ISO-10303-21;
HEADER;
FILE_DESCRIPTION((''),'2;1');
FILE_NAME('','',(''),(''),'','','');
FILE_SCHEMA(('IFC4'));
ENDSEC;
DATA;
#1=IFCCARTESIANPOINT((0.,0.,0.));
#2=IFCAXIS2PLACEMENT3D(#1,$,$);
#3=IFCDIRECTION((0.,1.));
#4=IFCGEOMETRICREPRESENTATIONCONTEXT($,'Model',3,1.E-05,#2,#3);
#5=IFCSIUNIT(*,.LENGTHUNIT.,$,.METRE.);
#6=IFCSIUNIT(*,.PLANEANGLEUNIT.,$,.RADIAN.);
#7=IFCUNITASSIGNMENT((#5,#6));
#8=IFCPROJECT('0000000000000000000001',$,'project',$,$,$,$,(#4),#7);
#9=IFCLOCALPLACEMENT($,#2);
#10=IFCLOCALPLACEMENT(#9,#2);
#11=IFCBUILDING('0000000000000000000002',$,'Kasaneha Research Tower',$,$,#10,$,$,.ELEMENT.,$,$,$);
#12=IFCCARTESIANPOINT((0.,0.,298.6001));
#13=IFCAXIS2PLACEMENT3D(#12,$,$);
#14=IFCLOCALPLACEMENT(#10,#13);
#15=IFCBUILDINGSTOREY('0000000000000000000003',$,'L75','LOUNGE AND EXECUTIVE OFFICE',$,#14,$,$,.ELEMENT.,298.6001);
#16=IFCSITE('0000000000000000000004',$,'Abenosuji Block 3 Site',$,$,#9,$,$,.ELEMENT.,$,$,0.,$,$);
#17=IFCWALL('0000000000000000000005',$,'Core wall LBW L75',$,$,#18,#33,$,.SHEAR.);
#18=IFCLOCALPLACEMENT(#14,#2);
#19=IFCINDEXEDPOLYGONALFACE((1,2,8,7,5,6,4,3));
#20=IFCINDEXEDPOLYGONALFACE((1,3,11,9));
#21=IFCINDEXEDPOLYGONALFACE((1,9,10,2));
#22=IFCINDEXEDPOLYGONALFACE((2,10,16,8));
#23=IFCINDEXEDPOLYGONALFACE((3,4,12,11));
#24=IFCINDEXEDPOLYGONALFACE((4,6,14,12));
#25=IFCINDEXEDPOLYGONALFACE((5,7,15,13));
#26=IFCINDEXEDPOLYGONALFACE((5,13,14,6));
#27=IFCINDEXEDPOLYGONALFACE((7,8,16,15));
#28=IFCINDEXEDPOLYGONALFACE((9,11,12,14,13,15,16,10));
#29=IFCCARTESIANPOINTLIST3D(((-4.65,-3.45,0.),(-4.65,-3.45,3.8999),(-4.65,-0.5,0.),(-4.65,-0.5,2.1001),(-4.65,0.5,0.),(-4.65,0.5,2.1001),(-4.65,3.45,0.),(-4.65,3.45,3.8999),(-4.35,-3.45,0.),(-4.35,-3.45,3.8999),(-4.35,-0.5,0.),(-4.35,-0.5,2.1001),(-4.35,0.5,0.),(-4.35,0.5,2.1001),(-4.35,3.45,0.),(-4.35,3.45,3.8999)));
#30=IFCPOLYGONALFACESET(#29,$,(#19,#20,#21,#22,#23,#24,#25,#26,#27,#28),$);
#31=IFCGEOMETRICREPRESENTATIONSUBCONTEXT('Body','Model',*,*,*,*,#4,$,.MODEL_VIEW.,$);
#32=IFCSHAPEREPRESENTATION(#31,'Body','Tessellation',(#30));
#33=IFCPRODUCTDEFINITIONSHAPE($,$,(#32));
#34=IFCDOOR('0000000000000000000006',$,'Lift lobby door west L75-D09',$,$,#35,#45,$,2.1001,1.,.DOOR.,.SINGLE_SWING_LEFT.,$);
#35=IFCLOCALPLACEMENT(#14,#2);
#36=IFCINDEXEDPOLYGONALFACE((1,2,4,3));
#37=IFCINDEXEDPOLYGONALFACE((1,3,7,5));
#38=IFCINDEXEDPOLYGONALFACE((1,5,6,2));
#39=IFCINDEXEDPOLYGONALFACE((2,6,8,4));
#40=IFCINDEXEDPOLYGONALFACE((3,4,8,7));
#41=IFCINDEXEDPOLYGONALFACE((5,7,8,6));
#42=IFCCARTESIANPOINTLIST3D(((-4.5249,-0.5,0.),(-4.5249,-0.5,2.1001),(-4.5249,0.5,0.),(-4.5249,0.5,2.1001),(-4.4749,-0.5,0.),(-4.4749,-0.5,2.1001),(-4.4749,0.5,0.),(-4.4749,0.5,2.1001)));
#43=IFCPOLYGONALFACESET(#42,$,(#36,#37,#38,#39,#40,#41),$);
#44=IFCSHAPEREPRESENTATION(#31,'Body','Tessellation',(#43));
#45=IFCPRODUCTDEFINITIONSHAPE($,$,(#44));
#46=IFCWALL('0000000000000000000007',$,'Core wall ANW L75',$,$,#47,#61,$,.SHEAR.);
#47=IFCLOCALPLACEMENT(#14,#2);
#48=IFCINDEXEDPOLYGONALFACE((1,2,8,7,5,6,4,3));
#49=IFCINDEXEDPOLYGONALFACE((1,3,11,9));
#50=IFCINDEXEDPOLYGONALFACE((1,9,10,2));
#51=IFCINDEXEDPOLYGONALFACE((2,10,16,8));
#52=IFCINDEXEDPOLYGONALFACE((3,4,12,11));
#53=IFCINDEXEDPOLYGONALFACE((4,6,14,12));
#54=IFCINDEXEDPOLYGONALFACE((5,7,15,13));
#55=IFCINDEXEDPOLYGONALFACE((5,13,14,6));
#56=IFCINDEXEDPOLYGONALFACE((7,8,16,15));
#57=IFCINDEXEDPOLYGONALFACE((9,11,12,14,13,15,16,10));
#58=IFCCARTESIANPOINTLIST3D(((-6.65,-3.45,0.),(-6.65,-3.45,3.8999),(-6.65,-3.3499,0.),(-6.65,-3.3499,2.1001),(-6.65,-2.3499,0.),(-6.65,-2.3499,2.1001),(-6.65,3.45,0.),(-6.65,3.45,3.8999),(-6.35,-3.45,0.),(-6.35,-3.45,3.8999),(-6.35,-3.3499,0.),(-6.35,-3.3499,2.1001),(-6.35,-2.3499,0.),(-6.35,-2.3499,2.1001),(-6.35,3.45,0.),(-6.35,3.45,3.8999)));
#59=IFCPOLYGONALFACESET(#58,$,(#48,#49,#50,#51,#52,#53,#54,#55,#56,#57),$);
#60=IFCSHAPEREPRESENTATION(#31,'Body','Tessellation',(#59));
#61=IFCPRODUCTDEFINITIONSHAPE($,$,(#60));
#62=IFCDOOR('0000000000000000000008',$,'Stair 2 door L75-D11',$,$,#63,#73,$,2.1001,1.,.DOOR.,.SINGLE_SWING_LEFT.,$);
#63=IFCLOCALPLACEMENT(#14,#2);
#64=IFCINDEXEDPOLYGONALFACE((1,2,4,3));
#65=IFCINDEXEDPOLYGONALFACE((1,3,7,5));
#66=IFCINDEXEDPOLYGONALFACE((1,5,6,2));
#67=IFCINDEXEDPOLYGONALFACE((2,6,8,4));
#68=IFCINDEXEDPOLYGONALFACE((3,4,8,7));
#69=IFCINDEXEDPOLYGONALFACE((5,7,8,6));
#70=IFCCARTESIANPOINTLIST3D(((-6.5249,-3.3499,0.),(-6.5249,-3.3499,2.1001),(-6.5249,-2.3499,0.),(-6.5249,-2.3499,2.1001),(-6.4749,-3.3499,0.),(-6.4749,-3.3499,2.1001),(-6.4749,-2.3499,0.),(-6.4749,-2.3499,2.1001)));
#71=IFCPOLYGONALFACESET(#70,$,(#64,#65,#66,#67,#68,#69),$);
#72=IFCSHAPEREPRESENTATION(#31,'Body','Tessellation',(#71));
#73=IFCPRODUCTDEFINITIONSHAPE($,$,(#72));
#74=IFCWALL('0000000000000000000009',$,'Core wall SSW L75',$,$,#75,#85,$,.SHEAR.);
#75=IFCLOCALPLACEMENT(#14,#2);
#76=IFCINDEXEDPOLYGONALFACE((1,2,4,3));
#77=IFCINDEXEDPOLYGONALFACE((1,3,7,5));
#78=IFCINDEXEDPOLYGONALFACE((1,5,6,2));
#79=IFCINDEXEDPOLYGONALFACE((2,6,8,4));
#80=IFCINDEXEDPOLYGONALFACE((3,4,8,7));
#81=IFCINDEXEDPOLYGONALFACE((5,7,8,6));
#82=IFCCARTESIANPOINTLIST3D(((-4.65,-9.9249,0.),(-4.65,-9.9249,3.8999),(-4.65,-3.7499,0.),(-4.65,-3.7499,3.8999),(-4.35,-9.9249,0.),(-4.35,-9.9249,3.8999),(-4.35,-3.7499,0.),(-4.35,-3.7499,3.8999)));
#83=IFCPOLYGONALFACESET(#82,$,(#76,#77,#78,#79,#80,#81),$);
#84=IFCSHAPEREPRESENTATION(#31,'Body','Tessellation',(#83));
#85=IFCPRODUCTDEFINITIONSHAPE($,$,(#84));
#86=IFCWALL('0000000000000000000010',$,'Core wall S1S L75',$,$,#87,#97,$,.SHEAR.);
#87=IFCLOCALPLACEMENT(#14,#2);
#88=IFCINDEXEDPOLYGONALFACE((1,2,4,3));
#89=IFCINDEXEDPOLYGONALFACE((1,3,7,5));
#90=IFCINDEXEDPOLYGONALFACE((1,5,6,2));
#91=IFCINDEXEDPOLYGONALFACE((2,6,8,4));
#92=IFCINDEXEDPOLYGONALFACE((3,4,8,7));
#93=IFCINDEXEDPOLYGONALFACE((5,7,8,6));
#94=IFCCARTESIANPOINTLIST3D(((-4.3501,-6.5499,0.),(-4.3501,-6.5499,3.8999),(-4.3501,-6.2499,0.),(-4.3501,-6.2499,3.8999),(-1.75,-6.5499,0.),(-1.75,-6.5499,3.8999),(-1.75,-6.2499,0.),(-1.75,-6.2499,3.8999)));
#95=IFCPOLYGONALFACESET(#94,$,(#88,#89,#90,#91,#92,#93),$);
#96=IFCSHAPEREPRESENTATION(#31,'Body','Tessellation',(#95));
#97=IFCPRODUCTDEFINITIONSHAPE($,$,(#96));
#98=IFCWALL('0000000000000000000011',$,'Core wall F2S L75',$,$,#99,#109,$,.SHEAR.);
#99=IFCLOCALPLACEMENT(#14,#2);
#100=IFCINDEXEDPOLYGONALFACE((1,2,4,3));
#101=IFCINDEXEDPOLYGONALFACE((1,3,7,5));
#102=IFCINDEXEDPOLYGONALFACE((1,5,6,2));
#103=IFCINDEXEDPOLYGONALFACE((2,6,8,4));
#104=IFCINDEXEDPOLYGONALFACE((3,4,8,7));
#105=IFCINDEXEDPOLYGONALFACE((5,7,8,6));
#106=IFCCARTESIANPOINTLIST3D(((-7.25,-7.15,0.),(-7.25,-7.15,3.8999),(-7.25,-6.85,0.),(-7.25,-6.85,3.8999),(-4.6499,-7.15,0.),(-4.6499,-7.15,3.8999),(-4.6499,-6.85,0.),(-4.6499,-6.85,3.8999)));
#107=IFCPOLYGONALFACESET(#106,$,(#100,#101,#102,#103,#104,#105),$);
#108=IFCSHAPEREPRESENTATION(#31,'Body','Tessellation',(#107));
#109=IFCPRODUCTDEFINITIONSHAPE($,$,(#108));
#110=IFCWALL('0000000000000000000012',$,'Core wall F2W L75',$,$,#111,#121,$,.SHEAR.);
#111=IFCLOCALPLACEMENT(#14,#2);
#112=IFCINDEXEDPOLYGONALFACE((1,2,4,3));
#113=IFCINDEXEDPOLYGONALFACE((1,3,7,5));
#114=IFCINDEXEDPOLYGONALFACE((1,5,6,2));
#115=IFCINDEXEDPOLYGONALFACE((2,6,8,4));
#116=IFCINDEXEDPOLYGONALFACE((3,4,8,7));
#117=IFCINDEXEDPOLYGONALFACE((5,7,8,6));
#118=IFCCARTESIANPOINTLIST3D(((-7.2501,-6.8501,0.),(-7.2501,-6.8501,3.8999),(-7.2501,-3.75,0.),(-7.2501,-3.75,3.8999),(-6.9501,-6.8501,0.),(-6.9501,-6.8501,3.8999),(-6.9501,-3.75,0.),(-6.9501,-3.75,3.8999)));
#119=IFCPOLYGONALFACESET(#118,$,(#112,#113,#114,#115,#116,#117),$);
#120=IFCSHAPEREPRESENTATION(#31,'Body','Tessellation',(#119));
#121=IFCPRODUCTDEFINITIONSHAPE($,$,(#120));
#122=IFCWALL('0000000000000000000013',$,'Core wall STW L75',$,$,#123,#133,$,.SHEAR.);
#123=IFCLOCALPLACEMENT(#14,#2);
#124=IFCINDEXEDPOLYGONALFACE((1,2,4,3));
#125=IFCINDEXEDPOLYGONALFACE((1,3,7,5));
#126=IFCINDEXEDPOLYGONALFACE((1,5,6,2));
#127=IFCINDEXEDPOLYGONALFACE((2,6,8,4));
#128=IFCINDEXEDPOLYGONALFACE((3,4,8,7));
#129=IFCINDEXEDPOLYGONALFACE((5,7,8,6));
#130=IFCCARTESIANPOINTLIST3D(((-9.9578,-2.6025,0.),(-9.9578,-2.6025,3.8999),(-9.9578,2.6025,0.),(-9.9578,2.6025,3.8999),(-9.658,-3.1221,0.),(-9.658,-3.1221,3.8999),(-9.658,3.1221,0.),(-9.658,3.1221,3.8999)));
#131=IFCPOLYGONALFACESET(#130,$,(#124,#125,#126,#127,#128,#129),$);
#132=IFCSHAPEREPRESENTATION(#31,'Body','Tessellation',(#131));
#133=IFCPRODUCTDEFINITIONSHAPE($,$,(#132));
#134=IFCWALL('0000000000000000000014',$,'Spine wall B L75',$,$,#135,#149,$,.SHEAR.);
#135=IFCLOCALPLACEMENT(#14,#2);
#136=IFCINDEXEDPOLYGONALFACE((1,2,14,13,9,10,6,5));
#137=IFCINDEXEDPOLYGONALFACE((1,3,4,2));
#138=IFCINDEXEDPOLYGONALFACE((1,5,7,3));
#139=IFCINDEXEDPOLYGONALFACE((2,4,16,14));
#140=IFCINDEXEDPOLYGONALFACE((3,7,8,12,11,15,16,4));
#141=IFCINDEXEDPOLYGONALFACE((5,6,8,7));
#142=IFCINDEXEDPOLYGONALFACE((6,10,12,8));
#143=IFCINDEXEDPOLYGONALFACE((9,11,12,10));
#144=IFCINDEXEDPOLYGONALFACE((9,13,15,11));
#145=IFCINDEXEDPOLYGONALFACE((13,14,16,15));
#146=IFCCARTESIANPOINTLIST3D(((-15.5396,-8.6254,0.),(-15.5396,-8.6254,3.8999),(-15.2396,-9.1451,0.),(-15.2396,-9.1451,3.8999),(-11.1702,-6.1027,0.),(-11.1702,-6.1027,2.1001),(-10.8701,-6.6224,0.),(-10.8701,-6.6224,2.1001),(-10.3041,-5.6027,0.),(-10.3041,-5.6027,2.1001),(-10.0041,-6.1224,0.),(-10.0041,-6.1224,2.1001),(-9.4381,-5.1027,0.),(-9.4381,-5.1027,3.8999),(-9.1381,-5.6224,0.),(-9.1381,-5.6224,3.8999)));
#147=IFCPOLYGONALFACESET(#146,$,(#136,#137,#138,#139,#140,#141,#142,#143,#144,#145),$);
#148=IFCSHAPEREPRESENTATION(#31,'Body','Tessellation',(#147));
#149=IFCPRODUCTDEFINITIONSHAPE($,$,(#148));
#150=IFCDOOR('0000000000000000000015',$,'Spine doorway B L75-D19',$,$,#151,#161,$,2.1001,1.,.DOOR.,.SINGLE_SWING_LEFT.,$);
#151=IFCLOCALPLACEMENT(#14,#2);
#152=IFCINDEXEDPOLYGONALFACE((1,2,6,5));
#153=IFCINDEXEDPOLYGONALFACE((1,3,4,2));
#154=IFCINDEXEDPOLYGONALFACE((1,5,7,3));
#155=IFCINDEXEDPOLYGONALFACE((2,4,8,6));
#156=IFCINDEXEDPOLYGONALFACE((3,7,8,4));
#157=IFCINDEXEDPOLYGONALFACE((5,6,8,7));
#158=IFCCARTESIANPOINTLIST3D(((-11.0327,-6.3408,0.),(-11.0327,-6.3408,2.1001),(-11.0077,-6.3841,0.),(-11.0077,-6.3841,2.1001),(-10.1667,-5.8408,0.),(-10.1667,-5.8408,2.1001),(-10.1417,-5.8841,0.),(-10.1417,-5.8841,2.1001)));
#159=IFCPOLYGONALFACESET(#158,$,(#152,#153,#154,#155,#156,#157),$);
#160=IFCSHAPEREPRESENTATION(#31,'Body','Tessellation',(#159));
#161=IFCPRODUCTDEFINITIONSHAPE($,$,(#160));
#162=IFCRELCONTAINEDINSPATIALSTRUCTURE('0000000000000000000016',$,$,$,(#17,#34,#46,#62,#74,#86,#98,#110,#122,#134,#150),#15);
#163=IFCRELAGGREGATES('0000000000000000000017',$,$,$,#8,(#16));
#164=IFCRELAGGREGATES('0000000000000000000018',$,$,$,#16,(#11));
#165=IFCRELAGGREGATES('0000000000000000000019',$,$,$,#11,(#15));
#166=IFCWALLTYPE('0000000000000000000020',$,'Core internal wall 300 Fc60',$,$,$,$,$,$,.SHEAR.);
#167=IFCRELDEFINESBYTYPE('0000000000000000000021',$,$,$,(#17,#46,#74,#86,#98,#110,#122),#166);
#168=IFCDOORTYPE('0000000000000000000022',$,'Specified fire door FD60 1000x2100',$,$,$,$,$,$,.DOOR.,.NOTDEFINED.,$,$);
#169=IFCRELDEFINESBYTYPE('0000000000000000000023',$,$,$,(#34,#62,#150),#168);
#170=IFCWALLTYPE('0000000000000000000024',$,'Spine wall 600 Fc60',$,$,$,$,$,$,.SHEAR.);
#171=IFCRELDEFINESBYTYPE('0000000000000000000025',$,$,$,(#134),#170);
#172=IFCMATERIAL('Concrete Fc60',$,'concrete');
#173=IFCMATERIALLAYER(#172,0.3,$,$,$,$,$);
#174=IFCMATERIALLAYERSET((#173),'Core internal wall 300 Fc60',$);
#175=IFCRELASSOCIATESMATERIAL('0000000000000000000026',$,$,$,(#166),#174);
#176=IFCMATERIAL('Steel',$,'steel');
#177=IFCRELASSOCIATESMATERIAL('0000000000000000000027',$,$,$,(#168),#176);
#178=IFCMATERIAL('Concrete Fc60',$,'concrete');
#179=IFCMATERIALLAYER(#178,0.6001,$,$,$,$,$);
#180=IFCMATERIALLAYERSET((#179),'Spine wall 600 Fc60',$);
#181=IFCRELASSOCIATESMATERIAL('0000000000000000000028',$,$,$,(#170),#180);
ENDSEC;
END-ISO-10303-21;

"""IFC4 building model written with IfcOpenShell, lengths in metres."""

from ifc_helpers import new_model, si_unit, direction, frame, frame_2d, origin, place, context, subcontext, project, spatial, polyline, rectangle, outline, extrude, material, layer, layer_set, type_object, element, fill, save


model = new_model("IFC4")

# Units and contexts
model_context = context("Model", 3, precision=1e-05, world=origin(), true_north=direction((0.0, 1.0)))
body_context = subcontext(model_context, "Body", "Model", "MODEL_VIEW")
ifc_project = project(units=[si_unit("LENGTHUNIT", "METRE"), si_unit("PLANEANGLEUNIT", "RADIAN")], contexts=[model_context])

# Site, building, storey
site_placement = place(None, origin())
site = spatial("IfcSite", under=ifc_project, at=site_placement, Name="Abenosuji Block 3 Site", CompositionType="ELEMENT", RefElevation=0.0)
building_placement = place(site_placement, origin())
building = spatial("IfcBuilding", under=site, at=building_placement, Name="Kasaneha Research Tower", CompositionType="ELEMENT")
storey_placement = place(building_placement, frame((0.0, 0.0, 298.6001)))
storey = spatial("IfcBuildingStorey", under=building, at=storey_placement, Name="L75", Description="LOUNGE AND EXECUTIVE OFFICE", CompositionType="ELEMENT", Elevation=298.6001)

# Shared definitions
ifc_material_1 = material(Name="Concrete Fc60", Category="concrete")
ifc_layer_1 = layer(ifc_material_1, 0.3)
ifc_layer_set_1 = layer_set([ifc_layer_1], Name="Core internal wall 300 Fc60")
wall_type_1 = type_object("IfcWallType", Name="Core internal wall 300 Fc60", PredefinedType="SHEAR", material=ifc_layer_set_1)

# Walls, openings, doors
wall_1_placement = place(storey_placement, frame((-4.5, -3.45, 0.0), z_axis=(0.0, 0.0, 1.0), x_axis=(0.0, 1.0, 0.0)))
wall_1 = element("IfcWall", 1, at=wall_1_placement, inside=storey, type_object=wall_type_1, Name="Core wall LBW L75", PredefinedType="SHEAR", context=body_context, shape_type="SweptSolid", body=[
    extrude(rectangle(XDim=6.8999, YDim=0.3, at=frame_2d((3.45, 0.0))), origin(), (0.0, 0.0, 1.0), 3.8999),
])
opening_1_placement = place(wall_1_placement, frame((2.95, 0.0, 0.0)))
opening_1 = element("IfcOpeningElement", 2, at=opening_1_placement, cuts=wall_1, PredefinedType="OPENING", context=body_context, shape_type="SweptSolid", body=[
    extrude(rectangle(XDim=1.0, YDim=2.1001, at=frame_2d((0.5, 1.05))), frame((0.0, 0.1602, 0.0), z_axis=(0.0, -1.0, 0.0), x_axis=(1.0, 0.0, 0.0)), (0.0, 0.0, 1.0), 0.3201),
])
ifc_material_2 = material(Name="Steel", Category="steel")
door_type_1 = type_object("IfcDoorType", Name="Specified fire door FD60 1000x2100", OperationType="NOTDEFINED", PredefinedType="DOOR", material=ifc_material_2)
door_1_placement = place(opening_1_placement, origin())
door_1 = element("IfcDoor", 3, at=door_1_placement, inside=storey, type_object=door_type_1, Name="Lift lobby door west L75-D09", OperationType="SINGLE_SWING_LEFT", OverallHeight=2.1001, OverallWidth=1.0, PredefinedType="DOOR", context=body_context, shape_type="SweptSolid", body=[
    extrude(rectangle(XDim=1.0, YDim=2.1001, at=frame_2d((0.5, 1.05))), frame((0.0, 0.0249, 0.0), z_axis=(0.0, -1.0, 0.0), x_axis=(1.0, 0.0, 0.0)), (0.0, 0.0, 1.0), 0.05),
])
fill(opening_1, door_1)
wall_2_placement = place(storey_placement, frame((-6.5, -3.45, 0.0), z_axis=(0.0, 0.0, 1.0), x_axis=(0.0, 1.0, 0.0)))
wall_2 = element("IfcWall", 4, at=wall_2_placement, inside=storey, type_object=wall_type_1, Name="Core wall ANW L75", PredefinedType="SHEAR", context=body_context, shape_type="SweptSolid", body=[
    extrude(rectangle(XDim=6.8999, YDim=0.3, at=frame_2d((3.45, 0.0))), origin(), (0.0, 0.0, 1.0), 3.8999),
])
opening_2_placement = place(wall_2_placement, frame((0.1001, 0.0, 0.0)))
opening_2 = element("IfcOpeningElement", 5, at=opening_2_placement, cuts=wall_2, PredefinedType="OPENING", context=body_context, shape_type="SweptSolid", body=[
    extrude(rectangle(XDim=1.0, YDim=2.1001, at=frame_2d((0.5, 1.05))), frame((0.0, 0.1602, 0.0), z_axis=(0.0, -1.0, 0.0), x_axis=(1.0, 0.0, 0.0)), (0.0, 0.0, 1.0), 0.3201),
])
door_2_placement = place(opening_2_placement, origin())
door_2 = element("IfcDoor", 6, at=door_2_placement, inside=storey, type_object=door_type_1, Name="Stair 2 door L75-D11", OperationType="SINGLE_SWING_LEFT", OverallHeight=2.1001, OverallWidth=1.0, PredefinedType="DOOR", context=body_context, shape_type="SweptSolid", body=[
    extrude(rectangle(XDim=1.0, YDim=2.1001, at=frame_2d((0.5, 1.05))), frame((0.0, 0.0249, 0.0), z_axis=(0.0, -1.0, 0.0), x_axis=(1.0, 0.0, 0.0)), (0.0, 0.0, 1.0), 0.05),
])
fill(opening_2, door_2)

# Walls
wall_3_placement = place(storey_placement, frame((-4.5, -3.75, 0.0), z_axis=(0.0, 0.0, 1.0), x_axis=(0.0, -1.0, 0.0)))
element("IfcWall", 7, at=wall_3_placement, inside=storey, type_object=wall_type_1, Name="Core wall SSW L75", PredefinedType="SHEAR", context=body_context, shape_type="SweptSolid", body=[
    extrude(rectangle(XDim=6.175, YDim=0.3, at=frame_2d((3.0874, 0.0))), origin(), (0.0, 0.0, 1.0), 3.8999),
])
for number, where, z_axis, x_axis, name in (
    (8, (-4.3501, -6.3999, 0.0), (0.0, 0.0, 1.0), (1.0, 0.0, 0.0), "Core wall S1S L75"),
    (9, (-7.25, -7.0, 0.0), (0.0, 0.0, 1.0), (1.0, 0.0, 0.0), "Core wall F2S L75"),
):
    element("IfcWall", number, at=place(storey_placement, frame(where, z_axis=z_axis, x_axis=x_axis)), inside=storey, type_object=wall_type_1, Name=name, PredefinedType="SHEAR", context=body_context, shape_type="SweptSolid", body=[
        extrude(rectangle(XDim=2.6001, YDim=0.3, at=frame_2d((1.3, 0.0))), origin(), (0.0, 0.0, 1.0), 3.8999),
    ])
wall_4_placement = place(storey_placement, frame((-7.1001, -3.75, 0.0), z_axis=(0.0, 0.0, 1.0), x_axis=(0.0, -1.0, 0.0)))
element("IfcWall", 10, at=wall_4_placement, inside=storey, type_object=wall_type_1, Name="Core wall F2W L75", PredefinedType="SHEAR", context=body_context, shape_type="SweptSolid", body=[
    extrude(rectangle(XDim=3.1001, YDim=0.3, at=frame_2d((1.55, 0.0))), origin(), (0.0, 0.0, 1.0), 3.8999),
])
wall_5_placement = place(storey_placement, frame((-9.8079, -2.8623, 0.0), z_axis=(0.0, 0.0, 1.0), x_axis=(0.0, 1.0, 0.0)))
element("IfcWall", 11, at=wall_5_placement, inside=storey, type_object=wall_type_1, Name="Core wall STW L75", PredefinedType="SHEAR", context=body_context, shape_type="SweptSolid", body=[
    extrude(outline(polyline([(-0.2598, -0.1499), (5.9844, -0.1499), (5.4648, 0.1499), (0.2598, 0.1499), (-0.2598, -0.1499)])), origin(), (0.0, 0.0, 1.0), 3.8999),
])

# Wall, opening, door
ifc_material_3 = material(Name="Concrete Fc60", Category="concrete")
ifc_layer_2 = layer(ifc_material_3, 0.6001)
ifc_layer_set_2 = layer_set([ifc_layer_2], Name="Spine wall 600 Fc60")
wall_type_2 = type_object("IfcWallType", Name="Spine wall 600 Fc60", PredefinedType="SHEAR", material=ifc_layer_set_2)
wall_6_placement = place(storey_placement, frame((-9.2881, -5.3625, 0.0), z_axis=(0.0, 0.0, 1.0), x_axis=(-0.866027, -0.499996, 0.0)))
wall_6 = element("IfcWall", 12, at=wall_6_placement, inside=storey, type_object=wall_type_2, Name="Spine wall B L75", PredefinedType="SHEAR", context=body_context, shape_type="SweptSolid", body=[
    extrude(rectangle(XDim=7.0454, YDim=0.6001, at=frame_2d((3.5227, 0.0))), origin(), (0.0, 0.0, 1.0), 3.8999),
])
opening_3_placement = place(wall_6_placement, frame((1.0, 0.0, 0.0)))
opening_3 = element("IfcOpeningElement", 13, at=opening_3_placement, cuts=wall_6, PredefinedType="OPENING", context=body_context, shape_type="SweptSolid", body=[
    extrude(rectangle(XDim=1.0, YDim=2.1001, at=frame_2d((0.5, 1.05))), frame((0.0, 0.3101, 0.0), z_axis=(0.0, -1.0, 0.0), x_axis=(1.0, 0.0, 0.0)), (0.0, 0.0, 1.0), 0.6201),
])
door_3_placement = place(opening_3_placement, origin())
door_3 = element("IfcDoor", 14, at=door_3_placement, inside=storey, type_object=door_type_1, Name="Spine doorway B L75-D19", OperationType="SINGLE_SWING_LEFT", OverallHeight=2.1001, OverallWidth=1.0, PredefinedType="DOOR", context=body_context, shape_type="SweptSolid", body=[
    extrude(rectangle(XDim=1.0, YDim=2.1001, at=frame_2d((0.5, 1.05))), frame((0.0, 0.0249, 0.0), z_axis=(0.0, -1.0, 0.0), x_axis=(1.0, 0.0, 0.0)), (0.0, 0.0, 1.0), 0.05),
])
fill(opening_3, door_3)

save(model, "model.ifc")
